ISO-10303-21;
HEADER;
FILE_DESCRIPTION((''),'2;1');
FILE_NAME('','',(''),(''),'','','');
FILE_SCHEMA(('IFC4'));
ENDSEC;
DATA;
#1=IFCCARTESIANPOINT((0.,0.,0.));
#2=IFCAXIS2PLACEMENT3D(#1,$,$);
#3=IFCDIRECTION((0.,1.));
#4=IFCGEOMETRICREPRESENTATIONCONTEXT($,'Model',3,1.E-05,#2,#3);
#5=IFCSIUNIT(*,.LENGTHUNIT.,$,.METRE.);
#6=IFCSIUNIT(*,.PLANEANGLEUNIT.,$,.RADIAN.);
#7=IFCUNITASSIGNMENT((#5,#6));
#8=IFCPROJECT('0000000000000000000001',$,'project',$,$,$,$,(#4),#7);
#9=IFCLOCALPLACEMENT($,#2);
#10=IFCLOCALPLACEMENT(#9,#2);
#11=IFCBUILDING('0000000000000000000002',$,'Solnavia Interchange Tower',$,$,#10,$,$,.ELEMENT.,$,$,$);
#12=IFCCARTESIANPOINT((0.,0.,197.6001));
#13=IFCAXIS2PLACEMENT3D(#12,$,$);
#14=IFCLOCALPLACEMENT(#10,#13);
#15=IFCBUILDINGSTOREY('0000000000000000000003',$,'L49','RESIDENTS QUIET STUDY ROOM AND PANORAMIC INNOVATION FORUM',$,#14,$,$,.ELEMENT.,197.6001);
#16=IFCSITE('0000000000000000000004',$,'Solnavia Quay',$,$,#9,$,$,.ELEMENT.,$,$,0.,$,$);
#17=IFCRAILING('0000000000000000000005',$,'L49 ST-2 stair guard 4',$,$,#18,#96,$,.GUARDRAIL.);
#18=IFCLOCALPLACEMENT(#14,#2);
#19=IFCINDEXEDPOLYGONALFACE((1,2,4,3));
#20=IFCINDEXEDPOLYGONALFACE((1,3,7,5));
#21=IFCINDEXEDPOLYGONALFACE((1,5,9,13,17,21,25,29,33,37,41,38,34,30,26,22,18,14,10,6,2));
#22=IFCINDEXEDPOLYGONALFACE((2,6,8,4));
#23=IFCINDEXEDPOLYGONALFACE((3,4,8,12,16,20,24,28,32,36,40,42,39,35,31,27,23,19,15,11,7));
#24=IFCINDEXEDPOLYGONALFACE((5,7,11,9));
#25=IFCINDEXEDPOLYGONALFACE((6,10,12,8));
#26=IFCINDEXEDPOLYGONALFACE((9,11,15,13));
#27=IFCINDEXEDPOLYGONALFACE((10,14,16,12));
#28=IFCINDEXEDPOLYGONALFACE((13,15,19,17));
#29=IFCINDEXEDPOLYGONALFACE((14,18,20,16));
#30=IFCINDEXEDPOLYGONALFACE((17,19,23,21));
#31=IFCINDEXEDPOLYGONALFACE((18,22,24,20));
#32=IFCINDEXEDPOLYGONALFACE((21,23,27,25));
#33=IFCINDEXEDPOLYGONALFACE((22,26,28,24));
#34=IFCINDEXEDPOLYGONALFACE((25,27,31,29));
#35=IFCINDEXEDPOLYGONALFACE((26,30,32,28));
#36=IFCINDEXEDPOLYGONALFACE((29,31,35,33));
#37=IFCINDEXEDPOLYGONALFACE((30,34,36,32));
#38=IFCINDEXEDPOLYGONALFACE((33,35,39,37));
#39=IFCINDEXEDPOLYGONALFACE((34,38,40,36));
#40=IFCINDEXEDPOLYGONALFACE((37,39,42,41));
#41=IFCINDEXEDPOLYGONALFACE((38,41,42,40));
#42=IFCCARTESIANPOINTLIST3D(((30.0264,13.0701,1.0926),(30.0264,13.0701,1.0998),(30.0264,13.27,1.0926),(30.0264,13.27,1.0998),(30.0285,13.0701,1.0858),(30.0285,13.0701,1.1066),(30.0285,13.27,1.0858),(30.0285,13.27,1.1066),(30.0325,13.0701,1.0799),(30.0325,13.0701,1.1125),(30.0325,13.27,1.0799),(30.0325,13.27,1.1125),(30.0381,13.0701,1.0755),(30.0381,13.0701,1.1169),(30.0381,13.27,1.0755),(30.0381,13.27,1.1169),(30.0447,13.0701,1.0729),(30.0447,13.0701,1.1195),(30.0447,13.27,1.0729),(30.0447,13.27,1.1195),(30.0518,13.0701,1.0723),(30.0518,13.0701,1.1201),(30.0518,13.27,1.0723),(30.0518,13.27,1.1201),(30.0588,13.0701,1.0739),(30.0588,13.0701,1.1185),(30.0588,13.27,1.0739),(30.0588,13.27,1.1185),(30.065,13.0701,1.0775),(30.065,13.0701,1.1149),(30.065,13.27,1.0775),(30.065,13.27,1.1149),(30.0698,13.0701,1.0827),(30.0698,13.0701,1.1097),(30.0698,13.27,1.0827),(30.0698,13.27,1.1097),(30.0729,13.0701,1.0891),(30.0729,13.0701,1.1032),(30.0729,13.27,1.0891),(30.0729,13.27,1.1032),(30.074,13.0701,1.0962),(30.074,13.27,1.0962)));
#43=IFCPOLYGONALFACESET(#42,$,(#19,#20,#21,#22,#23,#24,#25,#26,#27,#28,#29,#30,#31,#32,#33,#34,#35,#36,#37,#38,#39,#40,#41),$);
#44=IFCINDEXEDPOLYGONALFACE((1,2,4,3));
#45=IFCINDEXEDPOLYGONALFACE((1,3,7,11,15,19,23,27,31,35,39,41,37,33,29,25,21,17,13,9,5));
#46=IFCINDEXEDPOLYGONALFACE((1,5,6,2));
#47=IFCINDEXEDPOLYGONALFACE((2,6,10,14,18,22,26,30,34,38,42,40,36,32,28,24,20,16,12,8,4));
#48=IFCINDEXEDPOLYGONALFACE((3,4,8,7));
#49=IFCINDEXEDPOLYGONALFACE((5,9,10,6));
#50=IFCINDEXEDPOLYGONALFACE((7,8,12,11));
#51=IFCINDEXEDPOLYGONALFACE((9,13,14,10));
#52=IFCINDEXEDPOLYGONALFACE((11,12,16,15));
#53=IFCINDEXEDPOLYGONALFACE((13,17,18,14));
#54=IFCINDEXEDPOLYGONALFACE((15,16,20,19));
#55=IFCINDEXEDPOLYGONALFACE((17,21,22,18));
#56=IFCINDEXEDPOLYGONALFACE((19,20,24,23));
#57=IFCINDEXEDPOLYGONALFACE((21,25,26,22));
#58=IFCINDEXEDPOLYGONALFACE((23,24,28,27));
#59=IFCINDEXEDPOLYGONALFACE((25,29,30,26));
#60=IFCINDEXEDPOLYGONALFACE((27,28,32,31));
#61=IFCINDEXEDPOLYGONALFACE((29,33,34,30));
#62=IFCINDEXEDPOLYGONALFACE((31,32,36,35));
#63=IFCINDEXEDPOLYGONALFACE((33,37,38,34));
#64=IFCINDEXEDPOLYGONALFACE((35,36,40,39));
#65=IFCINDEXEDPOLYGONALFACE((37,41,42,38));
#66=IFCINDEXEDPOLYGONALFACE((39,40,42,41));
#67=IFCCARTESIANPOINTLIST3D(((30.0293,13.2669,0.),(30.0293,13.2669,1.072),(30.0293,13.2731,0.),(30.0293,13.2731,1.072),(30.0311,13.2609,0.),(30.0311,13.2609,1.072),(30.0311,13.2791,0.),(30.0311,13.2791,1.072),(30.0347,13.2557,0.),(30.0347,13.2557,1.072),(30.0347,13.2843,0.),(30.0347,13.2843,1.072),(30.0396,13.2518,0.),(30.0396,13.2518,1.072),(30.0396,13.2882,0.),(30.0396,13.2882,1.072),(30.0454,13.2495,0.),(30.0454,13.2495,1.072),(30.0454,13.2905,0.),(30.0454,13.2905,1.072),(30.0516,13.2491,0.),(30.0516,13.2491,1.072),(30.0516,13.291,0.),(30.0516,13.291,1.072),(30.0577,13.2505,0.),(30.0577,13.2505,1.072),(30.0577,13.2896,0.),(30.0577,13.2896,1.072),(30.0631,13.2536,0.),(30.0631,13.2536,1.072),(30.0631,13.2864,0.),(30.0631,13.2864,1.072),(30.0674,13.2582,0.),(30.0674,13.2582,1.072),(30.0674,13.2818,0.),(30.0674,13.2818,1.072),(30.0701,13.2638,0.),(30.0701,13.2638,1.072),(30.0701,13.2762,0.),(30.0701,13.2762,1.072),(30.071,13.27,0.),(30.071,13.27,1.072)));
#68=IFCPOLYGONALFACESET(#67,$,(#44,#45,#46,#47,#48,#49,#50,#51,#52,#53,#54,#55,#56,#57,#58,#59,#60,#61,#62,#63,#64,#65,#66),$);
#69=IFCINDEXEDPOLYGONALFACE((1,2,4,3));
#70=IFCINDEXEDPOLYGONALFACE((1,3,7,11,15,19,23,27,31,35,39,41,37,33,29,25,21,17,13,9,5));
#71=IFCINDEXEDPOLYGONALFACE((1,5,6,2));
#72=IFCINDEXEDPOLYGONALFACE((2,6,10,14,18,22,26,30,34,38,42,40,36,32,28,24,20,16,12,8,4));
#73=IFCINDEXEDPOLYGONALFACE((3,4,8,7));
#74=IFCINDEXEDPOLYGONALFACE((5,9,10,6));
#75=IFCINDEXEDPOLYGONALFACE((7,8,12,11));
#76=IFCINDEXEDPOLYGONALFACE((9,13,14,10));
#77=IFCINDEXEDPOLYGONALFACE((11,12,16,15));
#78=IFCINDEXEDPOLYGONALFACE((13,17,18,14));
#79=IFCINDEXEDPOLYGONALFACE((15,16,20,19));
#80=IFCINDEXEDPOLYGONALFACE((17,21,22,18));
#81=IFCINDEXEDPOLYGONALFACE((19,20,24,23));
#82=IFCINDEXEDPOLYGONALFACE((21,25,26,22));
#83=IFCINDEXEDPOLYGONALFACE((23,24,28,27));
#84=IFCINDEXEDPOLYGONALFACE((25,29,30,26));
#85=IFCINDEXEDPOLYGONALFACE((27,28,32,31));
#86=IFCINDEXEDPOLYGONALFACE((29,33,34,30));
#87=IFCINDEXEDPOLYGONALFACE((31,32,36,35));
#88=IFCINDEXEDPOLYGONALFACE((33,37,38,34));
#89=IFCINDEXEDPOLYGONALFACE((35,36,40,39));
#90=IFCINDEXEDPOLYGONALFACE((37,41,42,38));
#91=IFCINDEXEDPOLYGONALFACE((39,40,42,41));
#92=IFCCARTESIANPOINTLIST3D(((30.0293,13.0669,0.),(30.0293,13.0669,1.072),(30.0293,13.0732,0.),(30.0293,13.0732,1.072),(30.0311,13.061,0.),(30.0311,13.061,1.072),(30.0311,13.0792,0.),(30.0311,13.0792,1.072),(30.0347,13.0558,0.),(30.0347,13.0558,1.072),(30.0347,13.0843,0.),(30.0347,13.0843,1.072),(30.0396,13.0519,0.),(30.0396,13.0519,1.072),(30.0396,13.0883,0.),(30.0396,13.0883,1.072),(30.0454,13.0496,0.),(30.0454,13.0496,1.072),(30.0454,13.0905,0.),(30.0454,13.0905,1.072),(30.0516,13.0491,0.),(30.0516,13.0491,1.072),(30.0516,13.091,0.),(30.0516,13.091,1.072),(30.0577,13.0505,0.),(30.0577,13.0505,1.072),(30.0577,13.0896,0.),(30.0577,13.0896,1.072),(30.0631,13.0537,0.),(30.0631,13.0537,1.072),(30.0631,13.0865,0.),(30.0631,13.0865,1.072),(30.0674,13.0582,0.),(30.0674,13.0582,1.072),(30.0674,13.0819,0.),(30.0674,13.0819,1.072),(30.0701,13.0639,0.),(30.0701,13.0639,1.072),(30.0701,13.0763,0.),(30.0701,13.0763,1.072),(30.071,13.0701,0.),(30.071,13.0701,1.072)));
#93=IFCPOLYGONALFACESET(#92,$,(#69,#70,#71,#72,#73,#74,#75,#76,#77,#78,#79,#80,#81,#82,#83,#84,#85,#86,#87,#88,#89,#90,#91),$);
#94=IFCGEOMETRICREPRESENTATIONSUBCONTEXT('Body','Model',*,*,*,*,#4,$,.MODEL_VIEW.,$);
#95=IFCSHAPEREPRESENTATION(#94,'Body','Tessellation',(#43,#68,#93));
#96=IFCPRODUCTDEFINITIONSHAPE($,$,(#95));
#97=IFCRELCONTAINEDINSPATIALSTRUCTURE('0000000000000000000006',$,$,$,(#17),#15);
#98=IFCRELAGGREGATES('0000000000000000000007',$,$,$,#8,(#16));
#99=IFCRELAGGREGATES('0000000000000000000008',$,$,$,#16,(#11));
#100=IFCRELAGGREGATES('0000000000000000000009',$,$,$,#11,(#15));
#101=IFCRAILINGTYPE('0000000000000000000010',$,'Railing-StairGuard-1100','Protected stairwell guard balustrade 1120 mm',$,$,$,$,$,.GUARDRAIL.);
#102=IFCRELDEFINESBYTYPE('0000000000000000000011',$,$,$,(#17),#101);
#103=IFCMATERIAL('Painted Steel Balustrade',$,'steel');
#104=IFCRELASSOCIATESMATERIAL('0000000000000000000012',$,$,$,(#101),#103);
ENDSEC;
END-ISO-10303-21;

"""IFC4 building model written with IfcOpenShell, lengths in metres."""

from ifc_helpers import new_model, si_unit, direction, frame, origin, origin_2d, place, context, subcontext, project, spatial, circle, extrude, material, type_object, element, save


model = new_model("IFC4")

# Units and contexts
model_context = context("Model", 3, precision=1e-05, world=origin(), true_north=direction((0.0, 1.0)))
body_context = subcontext(model_context, "Body", "Model", "MODEL_VIEW")
ifc_project = project(units=[si_unit("LENGTHUNIT", "METRE"), si_unit("PLANEANGLEUNIT", "RADIAN")], contexts=[model_context])

# Site, building, storey
site_placement = place(None, origin())
site = spatial("IfcSite", under=ifc_project, at=site_placement, Name="Solnavia Quay", CompositionType="ELEMENT", RefElevation=0.0)
building_placement = place(site_placement, origin())
building = spatial("IfcBuilding", under=site, at=building_placement, Name="Solnavia Interchange Tower", CompositionType="ELEMENT")
storey_placement = place(building_placement, frame((0.0, 0.0, 197.6001)))
storey = spatial("IfcBuildingStorey", under=building, at=storey_placement, Name="L49", Description="RESIDENTS QUIET STUDY ROOM AND PANORAMIC INNOVATION FORUM", CompositionType="ELEMENT", Elevation=197.6001)

# Railing
ifc_material_1 = material(Name="Painted Steel Balustrade", Category="steel")
railing_type_1 = type_object("IfcRailingType", Name="Railing-StairGuard-1100", Description="Protected stairwell guard balustrade 1120 mm", PredefinedType="GUARDRAIL", material=ifc_material_1)
railing_1_placement = place(storey_placement, frame((30.05, 13.27, 0.0)))
element("IfcRailing", 1, at=railing_1_placement, inside=storey, type_object=railing_type_1, Name="L49 ST-2 stair guard 4", PredefinedType="GUARDRAIL", context=body_context, shape_type="SweptSolid", body=[
    extrude(circle(Radius=0.0239, at=origin_2d()), frame((0.0, 0.0, 1.0962), z_axis=(0.0, -1.0, 0.0), x_axis=(1.0, 0.0, 0.0)), (0.0, 0.0, 1.0), 0.2),
    extrude(circle(Radius=0.021, at=origin_2d()), origin(), (0.0, 0.0, 1.0), 1.072),
    extrude(circle(Radius=0.021, at=origin_2d()), frame((0.0, -0.2, 0.0)), (0.0, 0.0, 1.0), 1.072),
])

save(model, "model.ifc")
